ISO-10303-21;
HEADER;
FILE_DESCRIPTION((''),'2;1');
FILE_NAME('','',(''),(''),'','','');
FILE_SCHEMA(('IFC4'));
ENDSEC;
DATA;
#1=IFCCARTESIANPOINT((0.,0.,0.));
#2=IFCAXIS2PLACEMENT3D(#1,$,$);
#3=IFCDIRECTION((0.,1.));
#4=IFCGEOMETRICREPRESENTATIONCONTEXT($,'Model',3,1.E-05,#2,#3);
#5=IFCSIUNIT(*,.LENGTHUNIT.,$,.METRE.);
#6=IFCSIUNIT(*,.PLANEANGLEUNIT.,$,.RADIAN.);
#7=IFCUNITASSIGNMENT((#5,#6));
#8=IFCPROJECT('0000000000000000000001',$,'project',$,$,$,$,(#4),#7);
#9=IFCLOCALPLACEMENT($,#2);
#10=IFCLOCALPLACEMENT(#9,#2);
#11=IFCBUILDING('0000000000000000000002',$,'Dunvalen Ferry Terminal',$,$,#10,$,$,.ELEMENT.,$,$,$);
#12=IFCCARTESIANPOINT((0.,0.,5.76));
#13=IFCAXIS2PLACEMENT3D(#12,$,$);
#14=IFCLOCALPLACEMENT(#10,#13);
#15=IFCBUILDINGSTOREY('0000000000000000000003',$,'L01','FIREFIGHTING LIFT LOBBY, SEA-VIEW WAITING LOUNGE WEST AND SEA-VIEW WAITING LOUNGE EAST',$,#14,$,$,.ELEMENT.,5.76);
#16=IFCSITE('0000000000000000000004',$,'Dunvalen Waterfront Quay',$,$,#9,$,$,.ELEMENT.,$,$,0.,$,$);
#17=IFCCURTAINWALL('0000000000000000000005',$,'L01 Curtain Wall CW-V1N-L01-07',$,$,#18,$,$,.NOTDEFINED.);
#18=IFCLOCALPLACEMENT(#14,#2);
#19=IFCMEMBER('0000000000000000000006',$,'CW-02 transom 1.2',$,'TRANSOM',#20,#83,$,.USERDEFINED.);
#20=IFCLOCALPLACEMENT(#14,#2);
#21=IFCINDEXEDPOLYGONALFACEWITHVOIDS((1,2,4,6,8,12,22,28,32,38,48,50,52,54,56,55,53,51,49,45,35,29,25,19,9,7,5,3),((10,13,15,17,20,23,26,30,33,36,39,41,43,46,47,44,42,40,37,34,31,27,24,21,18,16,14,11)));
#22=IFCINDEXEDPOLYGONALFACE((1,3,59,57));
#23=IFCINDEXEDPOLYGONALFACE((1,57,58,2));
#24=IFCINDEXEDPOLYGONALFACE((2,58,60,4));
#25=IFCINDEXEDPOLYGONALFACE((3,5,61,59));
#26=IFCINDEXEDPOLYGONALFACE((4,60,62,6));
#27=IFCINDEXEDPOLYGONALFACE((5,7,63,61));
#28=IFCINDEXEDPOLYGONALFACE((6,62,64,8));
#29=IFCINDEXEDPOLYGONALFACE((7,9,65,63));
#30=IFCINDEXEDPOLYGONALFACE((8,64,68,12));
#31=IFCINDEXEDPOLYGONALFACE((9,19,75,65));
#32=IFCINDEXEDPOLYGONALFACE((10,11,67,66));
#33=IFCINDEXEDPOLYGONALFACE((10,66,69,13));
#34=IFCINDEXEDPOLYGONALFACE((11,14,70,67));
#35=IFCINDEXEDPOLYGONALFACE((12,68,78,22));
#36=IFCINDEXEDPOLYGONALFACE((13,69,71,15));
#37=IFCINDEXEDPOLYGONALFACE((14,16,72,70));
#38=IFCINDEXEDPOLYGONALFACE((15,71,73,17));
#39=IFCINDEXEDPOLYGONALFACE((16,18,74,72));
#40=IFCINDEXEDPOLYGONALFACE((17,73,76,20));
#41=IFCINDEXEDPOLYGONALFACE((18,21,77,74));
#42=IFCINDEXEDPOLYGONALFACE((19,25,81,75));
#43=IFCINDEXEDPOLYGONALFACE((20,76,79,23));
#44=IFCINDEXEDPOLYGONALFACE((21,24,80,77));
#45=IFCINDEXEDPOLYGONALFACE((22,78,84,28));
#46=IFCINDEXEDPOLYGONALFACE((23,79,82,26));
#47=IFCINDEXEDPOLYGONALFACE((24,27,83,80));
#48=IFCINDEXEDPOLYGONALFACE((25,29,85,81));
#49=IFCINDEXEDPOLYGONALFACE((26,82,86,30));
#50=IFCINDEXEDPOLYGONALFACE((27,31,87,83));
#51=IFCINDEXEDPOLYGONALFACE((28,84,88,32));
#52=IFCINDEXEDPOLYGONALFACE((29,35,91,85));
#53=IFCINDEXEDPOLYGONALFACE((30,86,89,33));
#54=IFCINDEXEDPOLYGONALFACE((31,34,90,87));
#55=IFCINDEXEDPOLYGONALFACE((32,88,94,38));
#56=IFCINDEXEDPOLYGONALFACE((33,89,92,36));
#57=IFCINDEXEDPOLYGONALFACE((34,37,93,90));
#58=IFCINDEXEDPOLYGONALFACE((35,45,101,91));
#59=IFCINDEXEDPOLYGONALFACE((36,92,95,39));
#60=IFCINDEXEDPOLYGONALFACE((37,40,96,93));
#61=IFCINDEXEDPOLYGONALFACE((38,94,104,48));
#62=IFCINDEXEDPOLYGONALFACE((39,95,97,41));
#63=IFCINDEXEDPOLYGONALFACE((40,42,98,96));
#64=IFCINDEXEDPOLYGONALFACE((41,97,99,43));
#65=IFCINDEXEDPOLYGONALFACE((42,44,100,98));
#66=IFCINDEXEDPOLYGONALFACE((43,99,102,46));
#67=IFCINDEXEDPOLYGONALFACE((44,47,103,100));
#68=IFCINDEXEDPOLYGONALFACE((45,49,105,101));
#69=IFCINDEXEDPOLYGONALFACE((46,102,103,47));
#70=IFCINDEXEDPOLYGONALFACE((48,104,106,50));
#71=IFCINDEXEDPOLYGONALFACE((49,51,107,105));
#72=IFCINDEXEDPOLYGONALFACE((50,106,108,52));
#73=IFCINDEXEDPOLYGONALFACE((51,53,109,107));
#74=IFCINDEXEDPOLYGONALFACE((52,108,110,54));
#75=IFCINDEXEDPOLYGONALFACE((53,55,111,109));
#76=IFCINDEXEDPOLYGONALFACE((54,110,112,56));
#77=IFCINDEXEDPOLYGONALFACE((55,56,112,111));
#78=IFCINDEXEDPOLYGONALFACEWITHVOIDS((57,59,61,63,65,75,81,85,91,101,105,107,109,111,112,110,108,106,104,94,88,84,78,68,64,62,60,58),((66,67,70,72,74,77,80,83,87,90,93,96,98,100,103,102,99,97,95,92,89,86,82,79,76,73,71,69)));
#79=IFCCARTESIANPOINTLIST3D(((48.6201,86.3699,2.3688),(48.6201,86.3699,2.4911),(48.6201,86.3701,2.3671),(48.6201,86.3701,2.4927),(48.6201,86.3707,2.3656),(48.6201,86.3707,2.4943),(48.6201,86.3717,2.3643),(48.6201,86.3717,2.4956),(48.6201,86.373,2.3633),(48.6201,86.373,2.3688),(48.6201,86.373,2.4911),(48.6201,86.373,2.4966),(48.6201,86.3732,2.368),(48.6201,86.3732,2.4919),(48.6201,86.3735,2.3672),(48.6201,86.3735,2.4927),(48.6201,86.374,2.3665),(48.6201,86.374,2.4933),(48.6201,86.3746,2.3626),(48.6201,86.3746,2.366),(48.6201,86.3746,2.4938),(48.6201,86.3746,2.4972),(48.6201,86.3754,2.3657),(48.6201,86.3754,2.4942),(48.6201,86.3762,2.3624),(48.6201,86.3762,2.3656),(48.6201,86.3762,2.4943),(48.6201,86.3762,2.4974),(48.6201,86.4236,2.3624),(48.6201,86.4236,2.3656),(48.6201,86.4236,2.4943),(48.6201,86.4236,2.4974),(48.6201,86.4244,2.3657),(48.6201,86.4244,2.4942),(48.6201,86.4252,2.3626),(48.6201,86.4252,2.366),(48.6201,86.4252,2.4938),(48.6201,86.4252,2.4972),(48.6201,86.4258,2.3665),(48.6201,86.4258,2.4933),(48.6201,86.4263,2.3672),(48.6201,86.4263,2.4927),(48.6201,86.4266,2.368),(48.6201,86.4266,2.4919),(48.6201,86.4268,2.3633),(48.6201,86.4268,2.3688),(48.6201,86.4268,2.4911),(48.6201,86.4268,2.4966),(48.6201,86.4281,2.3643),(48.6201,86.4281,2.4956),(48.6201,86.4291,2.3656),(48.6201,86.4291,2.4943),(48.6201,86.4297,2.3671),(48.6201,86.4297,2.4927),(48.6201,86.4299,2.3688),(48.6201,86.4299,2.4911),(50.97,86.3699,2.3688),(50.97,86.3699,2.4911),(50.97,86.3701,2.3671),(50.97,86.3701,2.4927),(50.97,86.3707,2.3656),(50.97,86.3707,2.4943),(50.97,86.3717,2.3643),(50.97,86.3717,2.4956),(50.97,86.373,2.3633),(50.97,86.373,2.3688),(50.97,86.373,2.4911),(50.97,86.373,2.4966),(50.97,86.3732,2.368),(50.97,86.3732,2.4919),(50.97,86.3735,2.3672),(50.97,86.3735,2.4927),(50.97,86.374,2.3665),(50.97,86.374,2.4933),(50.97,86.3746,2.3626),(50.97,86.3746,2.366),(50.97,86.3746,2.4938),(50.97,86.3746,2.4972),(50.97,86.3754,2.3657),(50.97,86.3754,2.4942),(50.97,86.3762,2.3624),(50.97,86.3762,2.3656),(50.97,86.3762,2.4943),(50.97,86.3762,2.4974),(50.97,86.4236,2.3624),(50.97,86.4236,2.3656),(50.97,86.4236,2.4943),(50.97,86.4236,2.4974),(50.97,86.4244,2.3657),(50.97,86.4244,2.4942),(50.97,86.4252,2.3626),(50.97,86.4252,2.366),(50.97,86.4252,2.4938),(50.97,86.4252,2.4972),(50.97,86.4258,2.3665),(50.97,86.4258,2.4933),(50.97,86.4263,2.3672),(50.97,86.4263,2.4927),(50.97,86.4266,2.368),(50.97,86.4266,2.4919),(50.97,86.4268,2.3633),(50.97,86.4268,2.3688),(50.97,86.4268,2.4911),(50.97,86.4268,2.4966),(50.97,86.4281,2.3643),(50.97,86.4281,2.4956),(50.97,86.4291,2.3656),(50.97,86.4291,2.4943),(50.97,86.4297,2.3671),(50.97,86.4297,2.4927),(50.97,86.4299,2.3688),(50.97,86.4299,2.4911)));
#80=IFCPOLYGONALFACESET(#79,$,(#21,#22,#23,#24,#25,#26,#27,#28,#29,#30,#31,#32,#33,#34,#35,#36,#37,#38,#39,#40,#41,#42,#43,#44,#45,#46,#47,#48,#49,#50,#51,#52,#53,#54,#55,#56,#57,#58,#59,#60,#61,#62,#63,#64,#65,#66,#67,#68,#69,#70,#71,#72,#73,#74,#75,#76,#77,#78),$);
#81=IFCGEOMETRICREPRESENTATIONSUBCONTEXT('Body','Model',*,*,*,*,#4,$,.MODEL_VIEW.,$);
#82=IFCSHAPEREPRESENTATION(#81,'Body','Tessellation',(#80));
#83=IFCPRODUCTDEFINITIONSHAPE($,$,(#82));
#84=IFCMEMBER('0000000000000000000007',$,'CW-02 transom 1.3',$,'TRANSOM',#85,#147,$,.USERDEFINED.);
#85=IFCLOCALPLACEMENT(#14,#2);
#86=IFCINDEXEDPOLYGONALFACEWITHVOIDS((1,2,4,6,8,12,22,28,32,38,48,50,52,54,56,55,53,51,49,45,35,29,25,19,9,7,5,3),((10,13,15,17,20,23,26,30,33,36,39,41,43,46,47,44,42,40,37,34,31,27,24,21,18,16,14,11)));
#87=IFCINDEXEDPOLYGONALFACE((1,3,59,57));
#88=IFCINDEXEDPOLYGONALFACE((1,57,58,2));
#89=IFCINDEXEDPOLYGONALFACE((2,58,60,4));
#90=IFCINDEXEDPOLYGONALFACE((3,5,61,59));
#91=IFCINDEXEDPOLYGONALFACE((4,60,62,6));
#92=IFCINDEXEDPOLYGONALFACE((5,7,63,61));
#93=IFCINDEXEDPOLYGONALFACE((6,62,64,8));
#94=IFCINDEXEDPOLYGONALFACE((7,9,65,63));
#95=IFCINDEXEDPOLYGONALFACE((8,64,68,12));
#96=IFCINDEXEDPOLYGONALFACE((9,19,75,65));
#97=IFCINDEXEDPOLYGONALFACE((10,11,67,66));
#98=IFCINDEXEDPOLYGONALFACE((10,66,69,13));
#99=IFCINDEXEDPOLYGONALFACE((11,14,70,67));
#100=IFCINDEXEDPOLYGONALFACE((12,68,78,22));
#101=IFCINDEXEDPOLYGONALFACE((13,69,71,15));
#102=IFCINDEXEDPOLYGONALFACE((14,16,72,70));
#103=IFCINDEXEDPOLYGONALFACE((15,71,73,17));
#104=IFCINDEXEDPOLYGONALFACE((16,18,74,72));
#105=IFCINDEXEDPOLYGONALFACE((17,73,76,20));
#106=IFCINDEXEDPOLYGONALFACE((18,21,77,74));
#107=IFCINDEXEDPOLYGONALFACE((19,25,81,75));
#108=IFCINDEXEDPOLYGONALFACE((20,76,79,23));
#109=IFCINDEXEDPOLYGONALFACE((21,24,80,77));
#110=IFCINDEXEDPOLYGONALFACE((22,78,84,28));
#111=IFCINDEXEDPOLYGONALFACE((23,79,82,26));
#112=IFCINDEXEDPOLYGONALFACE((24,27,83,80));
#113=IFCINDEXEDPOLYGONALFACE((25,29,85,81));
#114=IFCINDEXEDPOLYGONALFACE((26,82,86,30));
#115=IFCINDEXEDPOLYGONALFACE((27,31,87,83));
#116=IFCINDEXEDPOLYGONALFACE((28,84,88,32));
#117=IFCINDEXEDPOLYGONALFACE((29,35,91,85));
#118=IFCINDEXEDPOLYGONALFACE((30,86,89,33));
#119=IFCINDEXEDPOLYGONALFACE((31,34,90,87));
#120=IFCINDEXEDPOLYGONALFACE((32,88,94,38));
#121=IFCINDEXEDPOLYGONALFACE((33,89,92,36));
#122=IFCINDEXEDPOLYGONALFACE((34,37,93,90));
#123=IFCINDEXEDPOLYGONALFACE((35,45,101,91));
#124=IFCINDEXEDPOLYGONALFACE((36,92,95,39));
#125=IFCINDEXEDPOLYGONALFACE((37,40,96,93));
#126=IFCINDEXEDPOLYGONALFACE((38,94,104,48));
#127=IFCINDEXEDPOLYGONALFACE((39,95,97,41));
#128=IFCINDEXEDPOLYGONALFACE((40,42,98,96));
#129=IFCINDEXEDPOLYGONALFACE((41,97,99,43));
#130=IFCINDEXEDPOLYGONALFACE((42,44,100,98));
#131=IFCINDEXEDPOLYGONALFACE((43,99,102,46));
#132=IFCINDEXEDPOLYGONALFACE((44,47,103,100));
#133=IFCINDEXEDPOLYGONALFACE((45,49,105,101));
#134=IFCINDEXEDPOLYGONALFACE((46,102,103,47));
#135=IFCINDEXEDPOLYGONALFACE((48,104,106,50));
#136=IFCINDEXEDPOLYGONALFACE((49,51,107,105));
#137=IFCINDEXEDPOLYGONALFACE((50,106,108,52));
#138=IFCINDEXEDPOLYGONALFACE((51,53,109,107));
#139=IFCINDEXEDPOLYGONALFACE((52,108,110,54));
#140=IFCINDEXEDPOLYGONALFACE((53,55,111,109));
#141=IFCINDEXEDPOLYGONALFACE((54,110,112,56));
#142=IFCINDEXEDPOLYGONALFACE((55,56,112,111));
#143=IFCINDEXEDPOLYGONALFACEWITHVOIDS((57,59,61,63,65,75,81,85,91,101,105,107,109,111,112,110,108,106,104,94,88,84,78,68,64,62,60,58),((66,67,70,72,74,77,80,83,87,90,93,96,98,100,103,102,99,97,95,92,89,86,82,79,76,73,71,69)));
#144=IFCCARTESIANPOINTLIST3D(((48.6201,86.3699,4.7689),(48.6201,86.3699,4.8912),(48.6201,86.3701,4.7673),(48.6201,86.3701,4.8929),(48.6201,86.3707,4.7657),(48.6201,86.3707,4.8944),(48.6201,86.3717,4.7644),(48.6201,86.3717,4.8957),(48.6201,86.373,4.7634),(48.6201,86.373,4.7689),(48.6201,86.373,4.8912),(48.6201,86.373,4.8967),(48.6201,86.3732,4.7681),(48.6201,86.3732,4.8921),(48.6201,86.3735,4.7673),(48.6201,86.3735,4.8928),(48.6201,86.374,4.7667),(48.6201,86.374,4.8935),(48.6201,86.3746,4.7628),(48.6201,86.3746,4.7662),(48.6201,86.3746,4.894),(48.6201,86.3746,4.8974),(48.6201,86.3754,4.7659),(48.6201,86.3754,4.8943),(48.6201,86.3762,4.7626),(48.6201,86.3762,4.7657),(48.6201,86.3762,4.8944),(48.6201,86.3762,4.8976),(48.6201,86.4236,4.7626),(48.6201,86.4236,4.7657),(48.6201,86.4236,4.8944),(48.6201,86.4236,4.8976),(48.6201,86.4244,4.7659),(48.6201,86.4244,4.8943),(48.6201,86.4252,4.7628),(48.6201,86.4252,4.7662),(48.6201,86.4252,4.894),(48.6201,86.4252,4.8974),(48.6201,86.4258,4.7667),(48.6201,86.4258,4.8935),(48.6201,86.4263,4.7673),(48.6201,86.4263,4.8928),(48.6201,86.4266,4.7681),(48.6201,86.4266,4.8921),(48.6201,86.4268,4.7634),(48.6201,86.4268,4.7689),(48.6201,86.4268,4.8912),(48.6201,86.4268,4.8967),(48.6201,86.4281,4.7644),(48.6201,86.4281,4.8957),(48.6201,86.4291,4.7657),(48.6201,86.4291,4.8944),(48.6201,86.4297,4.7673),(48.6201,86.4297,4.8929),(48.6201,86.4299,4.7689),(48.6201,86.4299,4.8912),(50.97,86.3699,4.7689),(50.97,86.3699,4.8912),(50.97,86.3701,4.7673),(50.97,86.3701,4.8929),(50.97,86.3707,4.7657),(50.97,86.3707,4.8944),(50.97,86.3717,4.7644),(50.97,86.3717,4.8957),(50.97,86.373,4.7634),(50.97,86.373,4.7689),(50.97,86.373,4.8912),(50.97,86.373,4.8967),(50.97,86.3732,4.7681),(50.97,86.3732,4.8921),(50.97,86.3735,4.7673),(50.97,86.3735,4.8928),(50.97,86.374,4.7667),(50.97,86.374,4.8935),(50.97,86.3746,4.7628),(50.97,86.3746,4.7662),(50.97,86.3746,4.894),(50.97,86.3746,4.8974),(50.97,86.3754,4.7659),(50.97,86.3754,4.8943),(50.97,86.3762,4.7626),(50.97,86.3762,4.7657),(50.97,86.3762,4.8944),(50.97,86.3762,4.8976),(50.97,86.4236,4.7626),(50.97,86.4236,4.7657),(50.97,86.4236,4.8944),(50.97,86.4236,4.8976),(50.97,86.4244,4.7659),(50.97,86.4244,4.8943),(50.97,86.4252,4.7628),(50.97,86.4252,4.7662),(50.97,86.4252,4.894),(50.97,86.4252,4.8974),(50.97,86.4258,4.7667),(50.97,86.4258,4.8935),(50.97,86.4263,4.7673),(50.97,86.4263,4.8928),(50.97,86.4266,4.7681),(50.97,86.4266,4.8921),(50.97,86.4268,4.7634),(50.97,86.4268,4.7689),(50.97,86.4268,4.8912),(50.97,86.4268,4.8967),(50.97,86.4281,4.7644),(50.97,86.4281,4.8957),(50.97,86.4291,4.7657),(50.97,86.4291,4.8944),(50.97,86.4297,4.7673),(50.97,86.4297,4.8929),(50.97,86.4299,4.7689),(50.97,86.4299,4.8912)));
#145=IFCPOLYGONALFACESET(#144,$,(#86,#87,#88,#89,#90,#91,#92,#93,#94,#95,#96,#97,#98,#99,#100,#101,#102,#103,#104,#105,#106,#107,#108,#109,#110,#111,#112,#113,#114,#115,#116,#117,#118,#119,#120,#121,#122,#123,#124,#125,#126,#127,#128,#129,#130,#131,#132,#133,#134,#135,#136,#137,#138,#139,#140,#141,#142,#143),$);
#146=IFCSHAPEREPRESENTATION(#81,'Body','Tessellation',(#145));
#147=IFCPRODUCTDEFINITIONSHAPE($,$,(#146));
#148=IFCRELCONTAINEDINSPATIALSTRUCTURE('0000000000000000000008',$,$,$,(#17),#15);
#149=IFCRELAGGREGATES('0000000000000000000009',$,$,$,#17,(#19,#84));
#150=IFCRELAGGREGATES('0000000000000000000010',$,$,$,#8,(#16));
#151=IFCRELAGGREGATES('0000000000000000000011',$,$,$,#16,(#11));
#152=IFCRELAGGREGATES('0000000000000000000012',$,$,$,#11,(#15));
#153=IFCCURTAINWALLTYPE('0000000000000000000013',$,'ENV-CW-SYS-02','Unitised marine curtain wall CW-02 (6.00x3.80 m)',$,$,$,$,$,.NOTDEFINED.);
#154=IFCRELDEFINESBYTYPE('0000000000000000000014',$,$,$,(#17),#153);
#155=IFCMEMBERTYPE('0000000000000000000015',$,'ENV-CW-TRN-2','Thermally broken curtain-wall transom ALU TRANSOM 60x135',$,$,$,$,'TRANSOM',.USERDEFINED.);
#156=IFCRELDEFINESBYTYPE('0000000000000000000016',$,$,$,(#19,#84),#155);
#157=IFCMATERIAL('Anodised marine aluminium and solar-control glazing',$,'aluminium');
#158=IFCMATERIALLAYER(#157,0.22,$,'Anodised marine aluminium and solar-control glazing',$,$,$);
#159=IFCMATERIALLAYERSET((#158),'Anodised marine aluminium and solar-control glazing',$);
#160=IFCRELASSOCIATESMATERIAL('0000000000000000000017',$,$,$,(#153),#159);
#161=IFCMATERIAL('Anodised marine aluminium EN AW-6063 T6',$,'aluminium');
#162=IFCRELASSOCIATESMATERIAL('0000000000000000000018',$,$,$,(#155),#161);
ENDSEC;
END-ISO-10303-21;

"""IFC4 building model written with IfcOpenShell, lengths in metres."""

from ifc_helpers import new_model, si_unit, direction, frame, origin, origin_2d, place, context, subcontext, project, spatial, hollow_rectangle, extrude, material, layer, layer_set, material_profile, profile_set, type_object, element, aggregate, save


model = new_model("IFC4")

# Units and contexts
model_context = context("Model", 3, precision=1e-05, world=origin(), true_north=direction((0.0, 1.0)))
body_context = subcontext(model_context, "Body", "Model", "MODEL_VIEW")
ifc_project = project(units=[si_unit("LENGTHUNIT", "METRE"), si_unit("PLANEANGLEUNIT", "RADIAN")], contexts=[model_context])

# Site, building, storey
site_placement = place(None, origin())
site = spatial("IfcSite", under=ifc_project, at=site_placement, Name="Dunvalen Waterfront Quay", CompositionType="ELEMENT", RefElevation=0.0)
building_placement = place(site_placement, origin())
building = spatial("IfcBuilding", under=site, at=building_placement, Name="Dunvalen Ferry Terminal", CompositionType="ELEMENT")
storey_placement = place(building_placement, frame((0.0, 0.0, 5.76)))
storey = spatial("IfcBuildingStorey", under=building, at=storey_placement, Name="L01", Description="FIREFIGHTING LIFT LOBBY, SEA-VIEW WAITING LOUNGE WEST AND SEA-VIEW WAITING LOUNGE EAST", CompositionType="ELEMENT", Elevation=5.76)

# Shared definitions
ifc_material_1 = material(Name="Anodised marine aluminium and solar-control glazing", Category="aluminium")
ifc_layer_1 = layer(ifc_material_1, 0.22, Name="Anodised marine aluminium and solar-control glazing")
ifc_layer_set_1 = layer_set([ifc_layer_1], Name="Anodised marine aluminium and solar-control glazing")
curtain_wall_type = type_object("IfcCurtainWallType", Name="ENV-CW-SYS-02", Description="Unitised marine curtain wall CW-02 (6.00x3.80 m)", PredefinedType="NOTDEFINED", material=ifc_layer_set_1)
ifc_material_2 = material(Name="Anodised marine aluminium EN AW-6063 T6", Category="aluminium")

# Curtain wall
curtain_wall_1_placement = place(storey_placement, origin())
curtain_wall_1 = element("IfcCurtainWall", 1, at=curtain_wall_1_placement, inside=storey, type_object=curtain_wall_type, Name="L01 Curtain Wall CW-V1N-L01-07", PredefinedType="NOTDEFINED")

# Members
ifc_material_profile_1 = material_profile(ifc_material_2, hollow_rectangle(XDim=0.0601, YDim=0.135, WallThickness=0.0032, InnerFilletRadius=0.0032, OuterFilletRadius=0.0063, at=origin_2d()), Name="Anodised marine aluminium EN AW-6063 T6")
ifc_profile_set_1 = profile_set([ifc_material_profile_1], Name="Anodised marine aluminium EN AW-6063 T6")
member_type_1 = type_object("IfcMemberType", Name="ENV-CW-TRN-2", Description="Thermally broken curtain-wall transom ALU TRANSOM 60x135", ElementType="TRANSOM", PredefinedType="USERDEFINED", material=ifc_profile_set_1)
member_1_placement = place(storey_placement, frame((48.6201, 86.3999, 2.4299), z_axis=(1.0, 0.0, 0.0), x_axis=(0.0, 1.0, 0.0)))
member_1 = element("IfcMember", 2, at=member_1_placement, type_object=member_type_1, Name="CW-02 transom 1.2", ObjectType="TRANSOM", PredefinedType="USERDEFINED", context=body_context, shape_type="SweptSolid", body=[
    extrude(hollow_rectangle(XDim=0.0601, YDim=0.135, WallThickness=0.0032, InnerFilletRadius=0.0032, OuterFilletRadius=0.0063, at=origin_2d()), origin(), (0.0, 0.0, 1.0), 2.3499),
])
member_2_placement = place(storey_placement, frame((48.6201, 86.3999, 4.8301), z_axis=(1.0, 0.0, 0.0), x_axis=(0.0, 1.0, 0.0)))
member_2 = element("IfcMember", 3, at=member_2_placement, type_object=member_type_1, Name="CW-02 transom 1.3", ObjectType="TRANSOM", PredefinedType="USERDEFINED", context=body_context, shape_type="SweptSolid", body=[
    extrude(hollow_rectangle(XDim=0.0601, YDim=0.135, WallThickness=0.0032, InnerFilletRadius=0.0032, OuterFilletRadius=0.0063, at=origin_2d()), origin(), (0.0, 0.0, 1.0), 2.3499),
])

aggregate(curtain_wall_1, [member_1, member_2])

save(model, "model.ifc")
